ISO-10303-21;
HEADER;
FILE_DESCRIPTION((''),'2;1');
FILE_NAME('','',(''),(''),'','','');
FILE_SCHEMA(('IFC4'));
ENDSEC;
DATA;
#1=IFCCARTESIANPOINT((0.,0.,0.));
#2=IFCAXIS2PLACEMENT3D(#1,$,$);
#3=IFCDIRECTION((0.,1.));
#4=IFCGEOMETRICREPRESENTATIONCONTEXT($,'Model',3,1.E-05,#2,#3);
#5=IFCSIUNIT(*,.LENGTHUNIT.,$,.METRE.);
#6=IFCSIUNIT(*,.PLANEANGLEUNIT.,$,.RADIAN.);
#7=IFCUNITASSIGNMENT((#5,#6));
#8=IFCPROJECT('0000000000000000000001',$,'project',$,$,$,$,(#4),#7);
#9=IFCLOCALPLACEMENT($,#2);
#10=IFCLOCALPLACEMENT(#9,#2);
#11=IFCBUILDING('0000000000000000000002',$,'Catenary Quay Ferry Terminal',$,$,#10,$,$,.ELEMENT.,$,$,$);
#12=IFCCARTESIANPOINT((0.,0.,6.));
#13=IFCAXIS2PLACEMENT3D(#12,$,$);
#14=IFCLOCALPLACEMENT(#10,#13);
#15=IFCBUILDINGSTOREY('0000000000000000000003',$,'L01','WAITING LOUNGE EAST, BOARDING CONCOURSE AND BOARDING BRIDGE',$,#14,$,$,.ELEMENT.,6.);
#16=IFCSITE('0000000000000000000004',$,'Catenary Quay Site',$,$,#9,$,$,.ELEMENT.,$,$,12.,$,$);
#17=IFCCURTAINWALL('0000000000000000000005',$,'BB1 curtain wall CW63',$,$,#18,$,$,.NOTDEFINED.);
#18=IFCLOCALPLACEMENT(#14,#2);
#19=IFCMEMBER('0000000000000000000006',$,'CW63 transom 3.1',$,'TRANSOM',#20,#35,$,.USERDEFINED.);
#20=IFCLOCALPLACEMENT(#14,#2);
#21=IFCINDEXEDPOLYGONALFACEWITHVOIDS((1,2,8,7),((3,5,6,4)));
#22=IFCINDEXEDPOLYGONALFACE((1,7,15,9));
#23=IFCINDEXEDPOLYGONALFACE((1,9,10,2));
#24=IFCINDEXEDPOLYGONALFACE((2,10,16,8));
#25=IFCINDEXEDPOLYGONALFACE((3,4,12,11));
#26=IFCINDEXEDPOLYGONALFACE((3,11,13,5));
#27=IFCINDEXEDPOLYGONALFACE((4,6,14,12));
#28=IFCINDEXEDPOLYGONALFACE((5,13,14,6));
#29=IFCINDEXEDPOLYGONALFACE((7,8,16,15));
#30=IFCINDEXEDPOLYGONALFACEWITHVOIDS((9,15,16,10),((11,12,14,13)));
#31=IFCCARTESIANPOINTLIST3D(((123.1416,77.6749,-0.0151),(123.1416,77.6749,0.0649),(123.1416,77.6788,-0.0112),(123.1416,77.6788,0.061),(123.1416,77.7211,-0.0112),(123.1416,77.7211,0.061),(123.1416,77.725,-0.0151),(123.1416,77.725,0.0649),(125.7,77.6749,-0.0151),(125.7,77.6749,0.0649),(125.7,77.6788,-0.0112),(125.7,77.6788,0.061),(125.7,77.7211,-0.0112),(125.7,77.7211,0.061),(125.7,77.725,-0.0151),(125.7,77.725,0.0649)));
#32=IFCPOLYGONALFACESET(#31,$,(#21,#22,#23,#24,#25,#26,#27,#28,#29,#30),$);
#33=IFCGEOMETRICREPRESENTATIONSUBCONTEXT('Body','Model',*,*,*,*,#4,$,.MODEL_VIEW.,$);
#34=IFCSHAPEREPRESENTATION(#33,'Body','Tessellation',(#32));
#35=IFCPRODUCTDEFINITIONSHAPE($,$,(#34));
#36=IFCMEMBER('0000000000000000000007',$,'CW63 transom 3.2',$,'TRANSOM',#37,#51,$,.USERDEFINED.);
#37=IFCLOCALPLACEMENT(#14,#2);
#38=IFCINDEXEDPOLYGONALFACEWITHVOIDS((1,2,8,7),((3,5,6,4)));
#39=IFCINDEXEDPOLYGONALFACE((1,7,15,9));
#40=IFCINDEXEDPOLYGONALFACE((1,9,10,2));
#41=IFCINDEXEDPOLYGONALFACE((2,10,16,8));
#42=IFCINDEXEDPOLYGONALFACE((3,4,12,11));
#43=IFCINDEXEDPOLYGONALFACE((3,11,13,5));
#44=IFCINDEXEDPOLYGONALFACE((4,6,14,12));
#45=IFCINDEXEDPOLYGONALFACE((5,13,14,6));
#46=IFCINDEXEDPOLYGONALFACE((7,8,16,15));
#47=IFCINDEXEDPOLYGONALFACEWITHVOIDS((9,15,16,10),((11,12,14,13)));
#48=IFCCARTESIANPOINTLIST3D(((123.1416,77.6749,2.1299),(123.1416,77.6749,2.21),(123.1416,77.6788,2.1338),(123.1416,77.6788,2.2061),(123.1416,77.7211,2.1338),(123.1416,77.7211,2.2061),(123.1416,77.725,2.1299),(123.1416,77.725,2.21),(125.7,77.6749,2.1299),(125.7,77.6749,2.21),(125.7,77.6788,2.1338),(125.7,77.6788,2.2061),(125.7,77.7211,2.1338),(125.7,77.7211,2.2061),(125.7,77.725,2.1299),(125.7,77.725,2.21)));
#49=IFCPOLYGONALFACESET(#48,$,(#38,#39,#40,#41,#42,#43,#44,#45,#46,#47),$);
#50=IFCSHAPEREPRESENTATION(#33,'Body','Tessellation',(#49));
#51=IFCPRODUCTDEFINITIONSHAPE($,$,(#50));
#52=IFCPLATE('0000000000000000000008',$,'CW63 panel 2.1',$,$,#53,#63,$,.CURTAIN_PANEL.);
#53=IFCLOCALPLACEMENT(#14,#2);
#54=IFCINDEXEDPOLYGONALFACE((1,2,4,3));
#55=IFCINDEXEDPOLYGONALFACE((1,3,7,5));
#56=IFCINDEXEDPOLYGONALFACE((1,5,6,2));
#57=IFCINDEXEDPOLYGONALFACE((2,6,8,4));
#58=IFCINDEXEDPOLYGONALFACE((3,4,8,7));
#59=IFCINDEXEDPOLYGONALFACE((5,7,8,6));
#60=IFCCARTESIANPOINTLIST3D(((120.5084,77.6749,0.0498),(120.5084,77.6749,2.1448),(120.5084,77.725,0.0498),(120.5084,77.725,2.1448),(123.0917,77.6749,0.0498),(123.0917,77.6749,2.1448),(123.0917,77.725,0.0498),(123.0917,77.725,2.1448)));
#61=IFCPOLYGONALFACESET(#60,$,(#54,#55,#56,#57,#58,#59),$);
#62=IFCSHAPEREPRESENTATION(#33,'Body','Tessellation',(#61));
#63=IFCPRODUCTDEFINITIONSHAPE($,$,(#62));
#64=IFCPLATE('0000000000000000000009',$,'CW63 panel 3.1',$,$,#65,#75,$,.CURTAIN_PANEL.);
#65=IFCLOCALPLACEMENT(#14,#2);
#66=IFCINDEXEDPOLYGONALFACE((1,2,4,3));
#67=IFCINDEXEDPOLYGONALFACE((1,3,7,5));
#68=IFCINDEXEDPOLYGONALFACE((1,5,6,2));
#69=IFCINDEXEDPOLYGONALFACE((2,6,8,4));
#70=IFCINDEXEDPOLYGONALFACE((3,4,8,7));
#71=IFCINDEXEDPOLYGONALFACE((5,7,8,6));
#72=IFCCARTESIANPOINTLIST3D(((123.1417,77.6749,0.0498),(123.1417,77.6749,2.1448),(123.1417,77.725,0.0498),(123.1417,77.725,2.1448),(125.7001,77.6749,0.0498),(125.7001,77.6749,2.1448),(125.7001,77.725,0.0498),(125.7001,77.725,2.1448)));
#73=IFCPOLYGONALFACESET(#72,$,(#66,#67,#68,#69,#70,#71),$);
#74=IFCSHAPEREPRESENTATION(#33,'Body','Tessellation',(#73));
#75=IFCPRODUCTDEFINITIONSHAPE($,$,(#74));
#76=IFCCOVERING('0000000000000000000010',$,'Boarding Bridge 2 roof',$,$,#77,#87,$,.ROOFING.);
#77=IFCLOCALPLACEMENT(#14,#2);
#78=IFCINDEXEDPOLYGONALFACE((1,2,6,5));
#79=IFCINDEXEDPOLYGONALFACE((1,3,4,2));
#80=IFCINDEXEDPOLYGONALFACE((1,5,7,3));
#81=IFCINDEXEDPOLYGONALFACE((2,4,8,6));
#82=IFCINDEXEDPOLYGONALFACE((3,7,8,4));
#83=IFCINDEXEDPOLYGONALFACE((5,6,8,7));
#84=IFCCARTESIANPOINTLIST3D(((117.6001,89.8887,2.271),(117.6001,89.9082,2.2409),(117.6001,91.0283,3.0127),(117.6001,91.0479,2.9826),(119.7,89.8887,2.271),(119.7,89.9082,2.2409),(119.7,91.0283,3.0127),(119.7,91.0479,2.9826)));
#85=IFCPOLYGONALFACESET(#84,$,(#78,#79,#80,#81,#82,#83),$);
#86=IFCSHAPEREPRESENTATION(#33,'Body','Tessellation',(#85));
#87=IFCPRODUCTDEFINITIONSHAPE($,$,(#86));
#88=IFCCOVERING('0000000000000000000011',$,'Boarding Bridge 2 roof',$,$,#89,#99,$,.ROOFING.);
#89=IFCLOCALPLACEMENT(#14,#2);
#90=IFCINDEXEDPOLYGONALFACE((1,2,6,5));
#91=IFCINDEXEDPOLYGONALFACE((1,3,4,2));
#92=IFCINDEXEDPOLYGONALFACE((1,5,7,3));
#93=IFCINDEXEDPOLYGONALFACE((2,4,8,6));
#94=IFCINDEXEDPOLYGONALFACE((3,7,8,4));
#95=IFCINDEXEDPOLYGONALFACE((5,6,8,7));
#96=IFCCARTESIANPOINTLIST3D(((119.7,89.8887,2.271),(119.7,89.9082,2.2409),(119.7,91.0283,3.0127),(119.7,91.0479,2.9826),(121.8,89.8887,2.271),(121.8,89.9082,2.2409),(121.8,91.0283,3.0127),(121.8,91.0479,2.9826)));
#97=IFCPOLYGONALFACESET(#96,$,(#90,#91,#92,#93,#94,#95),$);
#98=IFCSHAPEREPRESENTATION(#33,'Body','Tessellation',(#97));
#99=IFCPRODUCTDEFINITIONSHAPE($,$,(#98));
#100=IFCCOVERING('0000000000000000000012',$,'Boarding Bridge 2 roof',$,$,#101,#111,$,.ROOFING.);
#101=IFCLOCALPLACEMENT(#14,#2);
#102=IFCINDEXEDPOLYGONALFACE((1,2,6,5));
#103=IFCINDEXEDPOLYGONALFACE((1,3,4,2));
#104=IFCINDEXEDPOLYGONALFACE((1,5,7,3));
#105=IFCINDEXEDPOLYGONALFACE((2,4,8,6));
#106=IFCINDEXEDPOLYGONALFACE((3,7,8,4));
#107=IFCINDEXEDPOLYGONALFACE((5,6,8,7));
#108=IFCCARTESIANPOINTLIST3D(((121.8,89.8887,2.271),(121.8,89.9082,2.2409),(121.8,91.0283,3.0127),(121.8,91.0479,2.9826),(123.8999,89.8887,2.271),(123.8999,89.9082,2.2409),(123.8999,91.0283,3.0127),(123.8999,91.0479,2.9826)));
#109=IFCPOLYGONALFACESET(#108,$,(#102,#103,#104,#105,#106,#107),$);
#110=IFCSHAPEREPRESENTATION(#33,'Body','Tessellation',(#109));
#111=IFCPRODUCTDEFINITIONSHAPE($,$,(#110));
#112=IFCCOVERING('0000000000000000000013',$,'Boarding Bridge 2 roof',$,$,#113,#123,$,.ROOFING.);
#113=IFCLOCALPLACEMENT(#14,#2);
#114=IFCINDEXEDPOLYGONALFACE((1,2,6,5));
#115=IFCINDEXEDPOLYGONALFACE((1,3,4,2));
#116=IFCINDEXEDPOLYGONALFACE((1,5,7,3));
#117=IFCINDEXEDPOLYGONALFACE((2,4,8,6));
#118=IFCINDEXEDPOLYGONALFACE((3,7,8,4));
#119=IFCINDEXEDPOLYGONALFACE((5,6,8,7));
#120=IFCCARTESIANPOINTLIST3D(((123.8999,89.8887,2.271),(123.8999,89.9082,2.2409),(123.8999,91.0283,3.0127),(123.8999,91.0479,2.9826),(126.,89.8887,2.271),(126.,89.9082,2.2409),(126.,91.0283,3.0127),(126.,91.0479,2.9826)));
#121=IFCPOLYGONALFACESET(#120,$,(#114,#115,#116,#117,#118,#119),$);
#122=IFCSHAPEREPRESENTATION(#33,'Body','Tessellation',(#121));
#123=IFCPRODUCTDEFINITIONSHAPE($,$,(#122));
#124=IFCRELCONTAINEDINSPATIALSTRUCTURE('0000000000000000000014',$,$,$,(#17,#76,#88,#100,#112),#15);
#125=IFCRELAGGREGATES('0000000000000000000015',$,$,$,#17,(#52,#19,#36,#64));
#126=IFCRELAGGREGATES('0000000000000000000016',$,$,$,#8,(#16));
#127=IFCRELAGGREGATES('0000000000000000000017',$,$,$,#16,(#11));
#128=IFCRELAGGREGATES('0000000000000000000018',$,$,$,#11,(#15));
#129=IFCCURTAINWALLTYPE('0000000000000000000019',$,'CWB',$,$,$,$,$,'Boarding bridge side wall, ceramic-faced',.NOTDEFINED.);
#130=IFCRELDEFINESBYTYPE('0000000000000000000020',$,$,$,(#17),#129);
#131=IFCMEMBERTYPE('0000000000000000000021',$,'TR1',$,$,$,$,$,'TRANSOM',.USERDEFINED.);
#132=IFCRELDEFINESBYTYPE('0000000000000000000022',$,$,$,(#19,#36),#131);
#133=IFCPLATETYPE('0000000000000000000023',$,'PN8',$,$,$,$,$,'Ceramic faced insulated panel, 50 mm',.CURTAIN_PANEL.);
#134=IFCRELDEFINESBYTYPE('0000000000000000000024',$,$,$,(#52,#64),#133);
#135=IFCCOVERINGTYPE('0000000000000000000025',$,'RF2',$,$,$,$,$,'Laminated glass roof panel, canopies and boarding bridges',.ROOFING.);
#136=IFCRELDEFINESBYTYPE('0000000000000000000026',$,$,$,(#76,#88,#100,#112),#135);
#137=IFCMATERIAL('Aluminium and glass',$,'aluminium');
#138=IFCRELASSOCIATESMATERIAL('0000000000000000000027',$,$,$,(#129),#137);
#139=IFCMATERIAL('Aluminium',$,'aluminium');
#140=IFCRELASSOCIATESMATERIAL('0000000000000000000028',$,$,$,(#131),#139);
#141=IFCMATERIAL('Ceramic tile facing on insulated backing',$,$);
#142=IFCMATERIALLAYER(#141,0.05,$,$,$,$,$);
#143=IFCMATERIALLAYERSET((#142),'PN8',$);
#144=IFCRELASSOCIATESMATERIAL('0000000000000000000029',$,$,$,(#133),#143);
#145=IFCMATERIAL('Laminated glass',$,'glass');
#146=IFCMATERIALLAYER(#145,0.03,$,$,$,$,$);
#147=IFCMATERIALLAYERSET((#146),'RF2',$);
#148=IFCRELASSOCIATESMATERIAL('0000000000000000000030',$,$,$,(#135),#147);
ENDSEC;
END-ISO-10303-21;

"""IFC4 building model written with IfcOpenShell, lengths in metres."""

from ifc_helpers import new_model, si_unit, direction, frame, origin, origin_2d, place, context, subcontext, project, spatial, polyline, rectangle, hollow_rectangle, outline, extrude, material, layer, layer_set, material_profile, profile_set, type_object, element, aggregate, save


model = new_model("IFC4")

# Units and contexts
model_context = context("Model", 3, precision=1e-05, world=origin(), true_north=direction((0.0, 1.0)))
body_context = subcontext(model_context, "Body", "Model", "MODEL_VIEW")
ifc_project = project(units=[si_unit("LENGTHUNIT", "METRE"), si_unit("PLANEANGLEUNIT", "RADIAN")], contexts=[model_context])

# Site, building, storey
site_placement = place(None, origin())
site = spatial("IfcSite", under=ifc_project, at=site_placement, Name="Catenary Quay Site", CompositionType="ELEMENT", RefElevation=12.0)
building_placement = place(site_placement, origin())
building = spatial("IfcBuilding", under=site, at=building_placement, Name="Catenary Quay Ferry Terminal", CompositionType="ELEMENT")
storey_placement = place(building_placement, frame((0.0, 0.0, 6.0)))
storey = spatial("IfcBuildingStorey", under=building, at=storey_placement, Name="L01", Description="WAITING LOUNGE EAST, BOARDING CONCOURSE AND BOARDING BRIDGE", CompositionType="ELEMENT", Elevation=6.0)

# Curtain wall
ifc_material_1 = material(Name="Aluminium and glass", Category="aluminium")
curtain_wall_type = type_object("IfcCurtainWallType", Name="CWB", ElementType="Boarding bridge side wall, ceramic-faced", PredefinedType="NOTDEFINED", material=ifc_material_1)
curtain_wall_placement = place(storey_placement, origin())
curtain_wall = element("IfcCurtainWall", 1, at=curtain_wall_placement, inside=storey, type_object=curtain_wall_type, Name="BB1 curtain wall CW63", PredefinedType="NOTDEFINED")

# Members
ifc_material_2 = material(Name="Aluminium", Category="aluminium")
ifc_material_profile_1 = material_profile(ifc_material_2, hollow_rectangle(XDim=0.05, YDim=0.0801, WallThickness=0.0039, at=origin_2d()), Name="TR1")
ifc_profile_set_1 = profile_set([ifc_material_profile_1], Name="Aluminium")
member_type_1 = type_object("IfcMemberType", Name="TR1", ElementType="TRANSOM", PredefinedType="USERDEFINED", material=ifc_profile_set_1)
member_1_placement = place(storey_placement, frame((123.1416, 77.7, 0.0249), z_axis=(1.0, 0.0, 0.0), x_axis=(0.0, 1.0, 0.0)))
member_1 = element("IfcMember", 2, at=member_1_placement, type_object=member_type_1, Name="CW63 transom 3.1", ObjectType="TRANSOM", PredefinedType="USERDEFINED", context=body_context, shape_type="SweptSolid", body=[
    extrude(hollow_rectangle(XDim=0.05, YDim=0.0801, WallThickness=0.0039, at=origin_2d()), origin(), (0.0, 0.0, 1.0), 2.5583),
])
member_2_placement = place(storey_placement, frame((123.1416, 77.7, 2.1699), z_axis=(1.0, 0.0, 0.0), x_axis=(0.0, 1.0, 0.0)))
member_2 = element("IfcMember", 3, at=member_2_placement, type_object=member_type_1, Name="CW63 transom 3.2", ObjectType="TRANSOM", PredefinedType="USERDEFINED", context=body_context, shape_type="SweptSolid", body=[
    extrude(hollow_rectangle(XDim=0.05, YDim=0.0801, WallThickness=0.0039, at=origin_2d()), origin(), (0.0, 0.0, 1.0), 2.5583),
])

# Plates
ifc_material_3 = material(Name="Ceramic tile facing on insulated backing")
ifc_layer_1 = layer(ifc_material_3, 0.05)
ifc_layer_set_1 = layer_set([ifc_layer_1], Name="PN8")
plate_type = type_object("IfcPlateType", Name="PN8", ElementType="Ceramic faced insulated panel, 50 mm", PredefinedType="CURTAIN_PANEL", material=ifc_layer_set_1)
plate_1_placement = place(storey_placement, frame((121.8, 77.7, 0.0498), z_axis=(0.0, 0.0, 1.0), x_axis=(1.0, 0.0, 0.0)))
plate_1 = element("IfcPlate", 4, at=plate_1_placement, type_object=plate_type, Name="CW63 panel 2.1", PredefinedType="CURTAIN_PANEL", context=body_context, shape_type="SweptSolid", body=[
    extrude(rectangle(XDim=2.5833, YDim=0.05, at=origin_2d()), origin(), (0.0, 0.0, 1.0), 2.095),
])
plate_2_placement = place(storey_placement, frame((124.4209, 77.7, 0.0498), z_axis=(0.0, 0.0, 1.0), x_axis=(1.0, 0.0, 0.0)))
plate_2 = element("IfcPlate", 5, at=plate_2_placement, type_object=plate_type, Name="CW63 panel 3.1", PredefinedType="CURTAIN_PANEL", context=body_context, shape_type="SweptSolid", body=[
    extrude(rectangle(XDim=2.5583, YDim=0.05, at=origin_2d()), origin(), (0.0, 0.0, 1.0), 2.095),
])
aggregate(curtain_wall, [plate_1, member_1, member_2, plate_2])

# Coverings
ifc_material_4 = material(Name="Laminated glass", Category="glass")
ifc_layer_2 = layer(ifc_material_4, 0.03)
ifc_layer_set_2 = layer_set([ifc_layer_2], Name="RF2")
covering_type = type_object("IfcCoveringType", Name="RF2", ElementType="Laminated glass roof panel, canopies and boarding bridges", PredefinedType="ROOFING", material=ifc_layer_set_2)
covering_1_placement = place(storey_placement, frame((117.6001, 89.8887, 2.271), z_axis=(0.0, -0.545468, 0.838132), x_axis=(1.0, 0.0, 0.0)))
element("IfcCovering", 6, at=covering_1_placement, inside=storey, type_object=covering_type, Name="Boarding Bridge 2 roof", PredefinedType="ROOFING", context=body_context, shape_type="SweptSolid", body=[
    extrude(outline(polyline([(0.0, 0.0), (2.0999, 0.0), (2.0999, 1.3597), (0.0, 1.3597), (0.0, 0.0)])), origin(), (0.0, 0.0, -1.0), 0.0359),
])
covering_2_placement = place(storey_placement, frame((119.7, 89.8887, 2.271), z_axis=(0.0, -0.545468, 0.838132), x_axis=(1.0, 0.0, 0.0)))
element("IfcCovering", 7, at=covering_2_placement, inside=storey, type_object=covering_type, Name="Boarding Bridge 2 roof", PredefinedType="ROOFING", context=body_context, shape_type="SweptSolid", body=[
    extrude(outline(polyline([(0.0, 0.0), (2.1001, 0.0), (2.1001, 1.3597), (0.0, 1.3597), (0.0, 0.0)])), origin(), (0.0, 0.0, -1.0), 0.0359),
])
covering_3_placement = place(storey_placement, frame((121.8, 89.8887, 2.271), z_axis=(0.0, -0.545468, 0.838132), x_axis=(1.0, 0.0, 0.0)))
element("IfcCovering", 8, at=covering_3_placement, inside=storey, type_object=covering_type, Name="Boarding Bridge 2 roof", PredefinedType="ROOFING", context=body_context, shape_type="SweptSolid", body=[
    extrude(outline(polyline([(0.0, 0.0), (2.0999, 0.0), (2.0999, 1.3597), (0.0, 1.3597), (0.0, 0.0)])), origin(), (0.0, 0.0, -1.0), 0.0359),
])
covering_4_placement = place(storey_placement, frame((123.8999, 89.8887, 2.271), z_axis=(0.0, -0.545468, 0.838132), x_axis=(1.0, 0.0, 0.0)))
element("IfcCovering", 9, at=covering_4_placement, inside=storey, type_object=covering_type, Name="Boarding Bridge 2 roof", PredefinedType="ROOFING", context=body_context, shape_type="SweptSolid", body=[
    extrude(outline(polyline([(0.0, 0.0), (2.1001, 0.0), (2.1001, 1.3597), (0.0, 1.3597), (0.0, 0.0)])), origin(), (0.0, 0.0, -1.0), 0.0359),
])

save(model, "model.ifc")
